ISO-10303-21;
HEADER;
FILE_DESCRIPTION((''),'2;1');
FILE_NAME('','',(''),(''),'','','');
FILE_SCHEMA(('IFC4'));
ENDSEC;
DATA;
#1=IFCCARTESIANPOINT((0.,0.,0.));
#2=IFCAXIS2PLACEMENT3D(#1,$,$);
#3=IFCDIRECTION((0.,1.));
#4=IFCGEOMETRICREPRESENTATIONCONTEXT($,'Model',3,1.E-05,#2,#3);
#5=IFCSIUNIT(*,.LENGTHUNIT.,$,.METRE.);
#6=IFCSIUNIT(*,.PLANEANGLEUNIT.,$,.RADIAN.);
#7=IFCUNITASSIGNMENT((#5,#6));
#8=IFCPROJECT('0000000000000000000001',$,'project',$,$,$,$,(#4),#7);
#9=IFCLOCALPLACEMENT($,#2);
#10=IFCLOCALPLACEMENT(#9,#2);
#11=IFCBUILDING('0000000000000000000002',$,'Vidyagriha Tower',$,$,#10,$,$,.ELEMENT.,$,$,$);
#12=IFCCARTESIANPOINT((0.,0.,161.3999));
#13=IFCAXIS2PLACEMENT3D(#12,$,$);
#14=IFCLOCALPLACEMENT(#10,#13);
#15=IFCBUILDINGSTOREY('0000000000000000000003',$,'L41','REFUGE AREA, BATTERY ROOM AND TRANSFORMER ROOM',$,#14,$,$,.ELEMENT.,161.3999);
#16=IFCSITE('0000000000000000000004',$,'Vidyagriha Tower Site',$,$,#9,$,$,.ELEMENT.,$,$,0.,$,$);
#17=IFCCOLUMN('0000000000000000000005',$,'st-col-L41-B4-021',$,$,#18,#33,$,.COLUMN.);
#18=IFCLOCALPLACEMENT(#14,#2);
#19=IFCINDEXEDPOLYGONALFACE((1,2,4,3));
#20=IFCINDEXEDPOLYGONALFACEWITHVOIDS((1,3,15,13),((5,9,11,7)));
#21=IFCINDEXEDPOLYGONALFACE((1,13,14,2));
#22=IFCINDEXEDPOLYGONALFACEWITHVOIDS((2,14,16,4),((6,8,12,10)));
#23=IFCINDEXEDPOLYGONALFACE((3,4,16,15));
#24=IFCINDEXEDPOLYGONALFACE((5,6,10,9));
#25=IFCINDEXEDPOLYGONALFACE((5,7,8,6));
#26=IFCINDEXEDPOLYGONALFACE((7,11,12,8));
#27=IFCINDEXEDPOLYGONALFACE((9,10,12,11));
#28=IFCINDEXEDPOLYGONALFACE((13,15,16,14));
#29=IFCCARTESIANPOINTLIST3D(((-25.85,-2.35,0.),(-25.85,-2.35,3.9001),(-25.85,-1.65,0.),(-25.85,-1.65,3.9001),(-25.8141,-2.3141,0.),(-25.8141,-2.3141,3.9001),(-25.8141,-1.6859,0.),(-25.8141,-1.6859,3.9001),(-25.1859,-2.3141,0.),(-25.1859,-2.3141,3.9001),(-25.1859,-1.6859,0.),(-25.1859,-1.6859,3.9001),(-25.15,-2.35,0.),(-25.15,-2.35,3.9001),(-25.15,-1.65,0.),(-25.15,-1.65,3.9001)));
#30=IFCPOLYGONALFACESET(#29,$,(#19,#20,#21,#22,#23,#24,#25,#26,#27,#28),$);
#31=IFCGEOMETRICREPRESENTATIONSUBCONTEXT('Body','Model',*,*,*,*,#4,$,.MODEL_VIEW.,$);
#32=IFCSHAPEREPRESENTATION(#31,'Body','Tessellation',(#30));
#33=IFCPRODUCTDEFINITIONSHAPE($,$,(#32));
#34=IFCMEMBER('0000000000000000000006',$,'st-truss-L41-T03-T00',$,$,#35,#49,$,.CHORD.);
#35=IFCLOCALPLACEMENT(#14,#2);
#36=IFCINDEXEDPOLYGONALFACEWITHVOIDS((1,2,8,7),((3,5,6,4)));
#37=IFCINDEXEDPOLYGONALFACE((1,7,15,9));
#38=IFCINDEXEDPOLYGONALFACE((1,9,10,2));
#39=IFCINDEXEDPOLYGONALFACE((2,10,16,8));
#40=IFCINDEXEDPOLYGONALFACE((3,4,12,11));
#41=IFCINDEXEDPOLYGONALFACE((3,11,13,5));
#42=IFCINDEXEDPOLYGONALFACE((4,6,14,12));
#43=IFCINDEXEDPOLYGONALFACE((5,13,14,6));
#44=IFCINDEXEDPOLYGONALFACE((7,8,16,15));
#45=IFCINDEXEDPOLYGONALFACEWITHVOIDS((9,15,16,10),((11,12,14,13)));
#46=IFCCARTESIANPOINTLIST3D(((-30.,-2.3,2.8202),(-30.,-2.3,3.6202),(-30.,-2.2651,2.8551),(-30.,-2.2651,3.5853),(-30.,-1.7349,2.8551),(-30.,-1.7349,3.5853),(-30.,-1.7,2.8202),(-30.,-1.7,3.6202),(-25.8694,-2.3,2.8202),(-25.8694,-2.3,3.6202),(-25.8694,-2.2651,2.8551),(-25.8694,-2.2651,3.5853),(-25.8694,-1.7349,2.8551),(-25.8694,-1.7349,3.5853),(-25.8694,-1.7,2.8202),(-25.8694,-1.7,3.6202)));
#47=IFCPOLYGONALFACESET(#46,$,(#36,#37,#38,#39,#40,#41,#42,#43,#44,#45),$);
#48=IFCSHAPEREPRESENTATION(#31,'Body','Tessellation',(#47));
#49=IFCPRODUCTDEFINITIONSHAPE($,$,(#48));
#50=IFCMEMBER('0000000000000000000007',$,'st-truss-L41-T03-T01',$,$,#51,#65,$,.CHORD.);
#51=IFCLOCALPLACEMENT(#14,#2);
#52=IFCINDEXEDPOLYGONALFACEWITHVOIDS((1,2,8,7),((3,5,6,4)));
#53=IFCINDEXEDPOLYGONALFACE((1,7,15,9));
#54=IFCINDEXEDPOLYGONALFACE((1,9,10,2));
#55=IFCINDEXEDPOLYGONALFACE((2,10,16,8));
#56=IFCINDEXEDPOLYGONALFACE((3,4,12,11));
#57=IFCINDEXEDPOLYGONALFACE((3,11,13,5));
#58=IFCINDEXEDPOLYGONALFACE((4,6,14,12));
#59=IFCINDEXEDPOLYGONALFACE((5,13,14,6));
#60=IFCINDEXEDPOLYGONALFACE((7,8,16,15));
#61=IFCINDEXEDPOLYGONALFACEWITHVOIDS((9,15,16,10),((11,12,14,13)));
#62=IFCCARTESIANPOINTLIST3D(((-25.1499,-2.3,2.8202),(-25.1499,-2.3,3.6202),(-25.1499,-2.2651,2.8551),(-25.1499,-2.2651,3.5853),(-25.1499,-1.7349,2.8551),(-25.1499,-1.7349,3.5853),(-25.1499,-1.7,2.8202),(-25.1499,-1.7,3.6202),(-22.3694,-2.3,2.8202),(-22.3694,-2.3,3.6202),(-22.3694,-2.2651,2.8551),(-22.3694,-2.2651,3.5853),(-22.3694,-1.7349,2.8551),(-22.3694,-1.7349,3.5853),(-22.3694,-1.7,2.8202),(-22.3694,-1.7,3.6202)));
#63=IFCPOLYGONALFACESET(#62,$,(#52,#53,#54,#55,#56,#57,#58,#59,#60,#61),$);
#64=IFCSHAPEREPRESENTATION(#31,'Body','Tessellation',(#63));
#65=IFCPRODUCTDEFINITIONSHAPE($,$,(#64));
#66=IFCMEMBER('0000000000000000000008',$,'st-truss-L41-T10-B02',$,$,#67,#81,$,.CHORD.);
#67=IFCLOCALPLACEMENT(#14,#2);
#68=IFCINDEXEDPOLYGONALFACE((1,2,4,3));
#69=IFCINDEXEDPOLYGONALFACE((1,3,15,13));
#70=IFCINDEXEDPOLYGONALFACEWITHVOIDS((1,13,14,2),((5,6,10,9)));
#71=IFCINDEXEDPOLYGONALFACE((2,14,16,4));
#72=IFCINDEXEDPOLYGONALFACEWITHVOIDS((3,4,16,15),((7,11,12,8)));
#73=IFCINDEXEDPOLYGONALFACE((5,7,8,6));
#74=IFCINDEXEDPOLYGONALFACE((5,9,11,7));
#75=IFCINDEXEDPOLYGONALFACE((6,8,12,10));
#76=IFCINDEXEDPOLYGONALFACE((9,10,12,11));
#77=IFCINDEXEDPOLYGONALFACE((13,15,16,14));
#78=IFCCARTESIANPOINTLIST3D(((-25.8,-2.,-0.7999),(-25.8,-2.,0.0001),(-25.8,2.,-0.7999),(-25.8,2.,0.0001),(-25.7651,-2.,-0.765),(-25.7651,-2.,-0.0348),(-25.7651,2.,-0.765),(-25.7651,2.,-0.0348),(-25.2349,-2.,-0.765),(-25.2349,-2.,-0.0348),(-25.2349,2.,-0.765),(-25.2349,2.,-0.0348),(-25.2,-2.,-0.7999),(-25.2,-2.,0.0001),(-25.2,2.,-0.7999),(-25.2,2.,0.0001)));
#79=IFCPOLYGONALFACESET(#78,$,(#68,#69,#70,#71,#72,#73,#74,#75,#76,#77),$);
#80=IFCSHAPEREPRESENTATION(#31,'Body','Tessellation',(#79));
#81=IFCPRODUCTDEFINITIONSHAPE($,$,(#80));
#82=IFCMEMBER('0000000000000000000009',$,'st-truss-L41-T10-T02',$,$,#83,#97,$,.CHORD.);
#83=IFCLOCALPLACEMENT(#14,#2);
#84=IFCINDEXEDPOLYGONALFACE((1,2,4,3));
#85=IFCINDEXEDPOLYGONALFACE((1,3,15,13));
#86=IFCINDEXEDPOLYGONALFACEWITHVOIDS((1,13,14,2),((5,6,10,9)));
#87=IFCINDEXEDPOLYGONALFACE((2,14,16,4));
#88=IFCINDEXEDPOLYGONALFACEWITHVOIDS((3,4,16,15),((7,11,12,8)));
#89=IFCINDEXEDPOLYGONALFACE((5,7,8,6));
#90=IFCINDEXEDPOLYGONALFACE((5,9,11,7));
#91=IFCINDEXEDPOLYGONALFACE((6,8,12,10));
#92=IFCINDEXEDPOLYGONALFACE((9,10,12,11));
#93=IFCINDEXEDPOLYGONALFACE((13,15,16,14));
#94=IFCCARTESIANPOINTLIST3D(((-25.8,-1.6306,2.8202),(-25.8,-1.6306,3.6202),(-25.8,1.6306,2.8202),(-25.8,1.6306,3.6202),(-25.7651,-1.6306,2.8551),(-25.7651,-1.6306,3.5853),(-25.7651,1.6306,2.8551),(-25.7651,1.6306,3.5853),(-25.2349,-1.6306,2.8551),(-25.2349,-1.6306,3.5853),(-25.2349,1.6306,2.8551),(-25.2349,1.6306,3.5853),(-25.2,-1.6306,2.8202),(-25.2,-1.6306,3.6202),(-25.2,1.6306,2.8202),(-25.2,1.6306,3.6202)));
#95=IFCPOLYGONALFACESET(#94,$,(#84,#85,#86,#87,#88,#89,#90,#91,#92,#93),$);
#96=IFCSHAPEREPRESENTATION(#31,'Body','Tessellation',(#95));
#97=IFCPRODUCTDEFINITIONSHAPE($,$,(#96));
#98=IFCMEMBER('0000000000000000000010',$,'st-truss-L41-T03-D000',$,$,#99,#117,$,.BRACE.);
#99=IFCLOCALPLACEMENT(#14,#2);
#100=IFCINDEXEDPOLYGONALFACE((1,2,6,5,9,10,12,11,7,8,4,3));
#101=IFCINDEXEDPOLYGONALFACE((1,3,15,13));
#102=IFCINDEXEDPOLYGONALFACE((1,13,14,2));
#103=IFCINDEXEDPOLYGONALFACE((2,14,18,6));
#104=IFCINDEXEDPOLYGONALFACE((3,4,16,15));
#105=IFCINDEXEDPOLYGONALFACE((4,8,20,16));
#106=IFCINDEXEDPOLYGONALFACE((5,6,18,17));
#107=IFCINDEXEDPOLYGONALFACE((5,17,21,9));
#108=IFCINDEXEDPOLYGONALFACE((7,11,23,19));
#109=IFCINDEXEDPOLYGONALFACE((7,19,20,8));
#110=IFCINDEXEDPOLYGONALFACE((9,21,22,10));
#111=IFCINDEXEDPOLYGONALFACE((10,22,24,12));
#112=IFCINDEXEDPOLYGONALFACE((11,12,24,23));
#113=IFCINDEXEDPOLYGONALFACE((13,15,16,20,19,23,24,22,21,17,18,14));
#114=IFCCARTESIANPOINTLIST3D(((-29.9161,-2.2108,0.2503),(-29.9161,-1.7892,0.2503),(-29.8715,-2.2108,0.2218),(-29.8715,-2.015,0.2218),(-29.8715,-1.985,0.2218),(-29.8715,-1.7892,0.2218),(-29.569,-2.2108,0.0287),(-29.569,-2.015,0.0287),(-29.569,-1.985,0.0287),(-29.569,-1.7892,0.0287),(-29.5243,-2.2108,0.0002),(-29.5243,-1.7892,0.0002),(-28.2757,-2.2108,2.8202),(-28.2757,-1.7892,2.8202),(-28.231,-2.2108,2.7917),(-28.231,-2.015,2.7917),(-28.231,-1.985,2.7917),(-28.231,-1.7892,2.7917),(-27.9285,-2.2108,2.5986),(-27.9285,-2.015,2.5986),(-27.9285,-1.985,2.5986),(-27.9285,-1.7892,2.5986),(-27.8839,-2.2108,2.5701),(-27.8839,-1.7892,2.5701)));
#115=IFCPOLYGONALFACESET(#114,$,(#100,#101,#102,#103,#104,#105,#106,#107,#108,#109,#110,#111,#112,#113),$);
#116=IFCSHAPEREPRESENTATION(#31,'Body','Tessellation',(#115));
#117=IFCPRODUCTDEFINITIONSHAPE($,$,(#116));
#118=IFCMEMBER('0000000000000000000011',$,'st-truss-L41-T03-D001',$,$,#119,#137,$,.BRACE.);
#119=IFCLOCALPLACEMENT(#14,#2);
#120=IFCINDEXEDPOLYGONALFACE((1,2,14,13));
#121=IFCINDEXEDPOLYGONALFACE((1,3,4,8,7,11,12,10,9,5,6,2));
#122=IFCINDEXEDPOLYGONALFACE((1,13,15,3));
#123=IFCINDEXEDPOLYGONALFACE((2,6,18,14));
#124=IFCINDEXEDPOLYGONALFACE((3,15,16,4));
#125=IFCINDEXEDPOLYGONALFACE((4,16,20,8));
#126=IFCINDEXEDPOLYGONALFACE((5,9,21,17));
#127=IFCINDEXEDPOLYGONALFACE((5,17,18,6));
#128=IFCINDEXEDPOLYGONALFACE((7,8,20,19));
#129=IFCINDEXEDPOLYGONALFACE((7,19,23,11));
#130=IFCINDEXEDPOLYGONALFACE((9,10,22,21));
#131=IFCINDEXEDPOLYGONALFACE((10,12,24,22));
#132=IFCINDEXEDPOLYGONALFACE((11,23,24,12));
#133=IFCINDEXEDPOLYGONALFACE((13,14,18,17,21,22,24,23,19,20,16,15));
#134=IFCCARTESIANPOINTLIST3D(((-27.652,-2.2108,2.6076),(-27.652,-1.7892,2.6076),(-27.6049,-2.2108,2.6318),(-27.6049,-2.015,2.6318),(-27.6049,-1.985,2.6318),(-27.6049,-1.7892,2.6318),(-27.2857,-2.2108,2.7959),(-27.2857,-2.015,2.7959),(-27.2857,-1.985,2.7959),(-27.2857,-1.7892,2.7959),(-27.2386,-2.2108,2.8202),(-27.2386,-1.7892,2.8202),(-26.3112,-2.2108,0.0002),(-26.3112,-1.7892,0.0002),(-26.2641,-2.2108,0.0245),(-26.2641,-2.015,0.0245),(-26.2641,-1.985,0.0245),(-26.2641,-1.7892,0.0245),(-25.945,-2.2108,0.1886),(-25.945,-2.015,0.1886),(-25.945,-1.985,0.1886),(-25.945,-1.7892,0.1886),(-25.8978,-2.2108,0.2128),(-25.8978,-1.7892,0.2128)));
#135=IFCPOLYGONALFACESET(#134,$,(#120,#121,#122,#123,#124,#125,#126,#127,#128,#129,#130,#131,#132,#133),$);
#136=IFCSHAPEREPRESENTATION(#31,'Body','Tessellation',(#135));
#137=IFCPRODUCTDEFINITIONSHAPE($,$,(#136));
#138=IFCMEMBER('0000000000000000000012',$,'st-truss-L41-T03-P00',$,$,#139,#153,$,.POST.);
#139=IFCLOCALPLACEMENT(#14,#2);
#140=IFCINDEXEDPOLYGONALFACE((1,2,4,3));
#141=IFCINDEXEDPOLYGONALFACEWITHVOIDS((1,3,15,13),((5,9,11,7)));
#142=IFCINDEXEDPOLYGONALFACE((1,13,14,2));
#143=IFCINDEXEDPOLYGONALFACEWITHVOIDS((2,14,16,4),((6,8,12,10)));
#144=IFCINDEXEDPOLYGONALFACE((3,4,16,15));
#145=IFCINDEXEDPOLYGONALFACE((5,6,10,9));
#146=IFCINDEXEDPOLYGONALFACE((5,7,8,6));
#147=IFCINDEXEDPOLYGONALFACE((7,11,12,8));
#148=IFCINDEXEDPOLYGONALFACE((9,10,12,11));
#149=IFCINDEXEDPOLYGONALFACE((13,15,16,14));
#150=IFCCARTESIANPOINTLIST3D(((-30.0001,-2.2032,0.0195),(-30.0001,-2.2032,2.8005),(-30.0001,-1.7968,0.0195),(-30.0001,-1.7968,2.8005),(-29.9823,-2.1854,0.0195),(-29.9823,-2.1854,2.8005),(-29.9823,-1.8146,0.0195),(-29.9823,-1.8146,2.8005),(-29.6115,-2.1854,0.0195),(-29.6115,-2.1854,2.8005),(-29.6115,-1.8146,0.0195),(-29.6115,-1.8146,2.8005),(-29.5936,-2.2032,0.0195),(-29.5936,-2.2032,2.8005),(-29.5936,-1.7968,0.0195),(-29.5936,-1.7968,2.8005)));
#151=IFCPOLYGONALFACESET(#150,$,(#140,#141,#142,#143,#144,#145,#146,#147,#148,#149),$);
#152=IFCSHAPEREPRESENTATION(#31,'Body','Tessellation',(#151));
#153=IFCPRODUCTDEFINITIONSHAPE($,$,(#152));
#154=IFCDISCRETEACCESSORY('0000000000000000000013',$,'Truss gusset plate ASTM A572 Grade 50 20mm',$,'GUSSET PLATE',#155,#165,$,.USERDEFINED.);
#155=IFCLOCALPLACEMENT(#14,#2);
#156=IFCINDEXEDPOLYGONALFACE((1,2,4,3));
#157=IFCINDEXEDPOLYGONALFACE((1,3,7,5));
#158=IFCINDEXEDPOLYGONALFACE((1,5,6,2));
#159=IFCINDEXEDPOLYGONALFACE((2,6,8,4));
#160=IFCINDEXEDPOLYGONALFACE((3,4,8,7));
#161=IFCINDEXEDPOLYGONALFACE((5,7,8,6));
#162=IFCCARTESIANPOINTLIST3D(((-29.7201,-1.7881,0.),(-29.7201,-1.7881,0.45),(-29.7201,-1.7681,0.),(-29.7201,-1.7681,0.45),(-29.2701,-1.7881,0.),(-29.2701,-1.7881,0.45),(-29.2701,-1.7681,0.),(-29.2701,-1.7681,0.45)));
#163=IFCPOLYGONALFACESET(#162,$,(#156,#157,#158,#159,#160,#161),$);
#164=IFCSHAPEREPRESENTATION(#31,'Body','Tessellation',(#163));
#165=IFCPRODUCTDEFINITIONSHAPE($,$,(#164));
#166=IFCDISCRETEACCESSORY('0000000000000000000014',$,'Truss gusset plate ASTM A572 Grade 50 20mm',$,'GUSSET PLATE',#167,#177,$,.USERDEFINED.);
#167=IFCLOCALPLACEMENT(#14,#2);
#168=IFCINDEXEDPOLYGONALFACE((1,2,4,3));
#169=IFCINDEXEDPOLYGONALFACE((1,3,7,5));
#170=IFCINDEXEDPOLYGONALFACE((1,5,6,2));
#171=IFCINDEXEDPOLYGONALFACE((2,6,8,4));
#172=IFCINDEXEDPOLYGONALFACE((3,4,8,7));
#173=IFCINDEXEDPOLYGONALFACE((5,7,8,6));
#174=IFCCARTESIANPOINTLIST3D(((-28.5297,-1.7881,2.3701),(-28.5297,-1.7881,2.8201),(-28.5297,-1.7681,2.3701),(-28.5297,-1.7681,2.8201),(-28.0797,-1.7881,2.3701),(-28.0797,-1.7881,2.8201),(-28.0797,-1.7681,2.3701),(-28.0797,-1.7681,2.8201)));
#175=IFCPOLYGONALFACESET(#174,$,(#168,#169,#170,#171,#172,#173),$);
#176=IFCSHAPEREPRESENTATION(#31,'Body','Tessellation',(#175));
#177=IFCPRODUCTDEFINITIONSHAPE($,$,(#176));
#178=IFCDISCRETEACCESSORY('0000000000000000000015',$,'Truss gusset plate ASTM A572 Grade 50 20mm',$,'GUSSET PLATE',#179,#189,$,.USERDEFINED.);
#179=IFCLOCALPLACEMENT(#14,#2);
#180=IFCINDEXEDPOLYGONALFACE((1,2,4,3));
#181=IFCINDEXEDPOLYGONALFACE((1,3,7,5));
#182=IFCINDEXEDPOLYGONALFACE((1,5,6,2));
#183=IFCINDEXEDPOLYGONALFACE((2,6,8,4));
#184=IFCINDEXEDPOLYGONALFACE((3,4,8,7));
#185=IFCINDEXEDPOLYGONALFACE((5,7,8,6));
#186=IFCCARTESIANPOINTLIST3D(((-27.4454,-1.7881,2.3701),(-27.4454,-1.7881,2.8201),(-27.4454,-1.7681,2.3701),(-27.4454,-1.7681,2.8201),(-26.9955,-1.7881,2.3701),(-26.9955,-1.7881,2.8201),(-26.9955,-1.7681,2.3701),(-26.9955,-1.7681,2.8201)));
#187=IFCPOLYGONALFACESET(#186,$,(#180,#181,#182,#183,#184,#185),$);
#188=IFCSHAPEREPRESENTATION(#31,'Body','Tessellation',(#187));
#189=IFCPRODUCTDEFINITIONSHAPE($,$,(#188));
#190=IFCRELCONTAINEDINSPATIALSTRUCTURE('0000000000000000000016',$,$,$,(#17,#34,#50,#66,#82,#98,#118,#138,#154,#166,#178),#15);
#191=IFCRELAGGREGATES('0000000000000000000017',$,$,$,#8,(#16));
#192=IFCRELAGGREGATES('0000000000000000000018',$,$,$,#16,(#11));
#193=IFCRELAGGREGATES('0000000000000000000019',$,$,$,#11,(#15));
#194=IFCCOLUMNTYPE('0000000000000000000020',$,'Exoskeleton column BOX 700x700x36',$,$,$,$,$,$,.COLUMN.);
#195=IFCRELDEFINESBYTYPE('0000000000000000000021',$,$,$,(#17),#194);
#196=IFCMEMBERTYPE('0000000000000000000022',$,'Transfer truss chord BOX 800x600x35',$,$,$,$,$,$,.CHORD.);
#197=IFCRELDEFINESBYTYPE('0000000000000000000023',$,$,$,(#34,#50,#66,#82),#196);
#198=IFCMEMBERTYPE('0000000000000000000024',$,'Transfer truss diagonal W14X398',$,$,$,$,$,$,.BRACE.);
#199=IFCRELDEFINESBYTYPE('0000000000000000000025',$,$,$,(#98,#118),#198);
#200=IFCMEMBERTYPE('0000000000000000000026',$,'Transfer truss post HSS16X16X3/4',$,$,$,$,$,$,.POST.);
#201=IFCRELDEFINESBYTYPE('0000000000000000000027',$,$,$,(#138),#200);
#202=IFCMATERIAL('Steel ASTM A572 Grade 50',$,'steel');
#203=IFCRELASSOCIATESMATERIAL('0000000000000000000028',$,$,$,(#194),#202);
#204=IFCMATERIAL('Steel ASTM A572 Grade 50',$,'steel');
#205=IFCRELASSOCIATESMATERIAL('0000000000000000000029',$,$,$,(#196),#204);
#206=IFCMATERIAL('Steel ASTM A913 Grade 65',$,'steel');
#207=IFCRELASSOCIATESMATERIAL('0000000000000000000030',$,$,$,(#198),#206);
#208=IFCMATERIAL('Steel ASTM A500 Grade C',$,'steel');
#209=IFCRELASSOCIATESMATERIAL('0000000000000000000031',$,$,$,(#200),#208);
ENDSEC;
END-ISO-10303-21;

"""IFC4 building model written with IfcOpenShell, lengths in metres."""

from ifc_helpers import new_model, si_unit, direction, frame, origin, origin_2d, place, context, subcontext, project, spatial, rectangle, hollow_rectangle, i_section, extrude, material, material_profile, profile_set, type_object, element, save


model = new_model("IFC4")

# Units and contexts
model_context = context("Model", 3, precision=1e-05, world=origin(), true_north=direction((0.0, 1.0)))
body_context = subcontext(model_context, "Body", "Model", "MODEL_VIEW")
ifc_project = project(units=[si_unit("LENGTHUNIT", "METRE"), si_unit("PLANEANGLEUNIT", "RADIAN")], contexts=[model_context])

# Site, building, storey
site_placement = place(None, origin())
site = spatial("IfcSite", under=ifc_project, at=site_placement, Name="Vidyagriha Tower Site", CompositionType="ELEMENT", RefElevation=0.0)
building_placement = place(site_placement, origin())
building = spatial("IfcBuilding", under=site, at=building_placement, Name="Vidyagriha Tower", CompositionType="ELEMENT")
storey_placement = place(building_placement, frame((0.0, 0.0, 161.3999)))
storey = spatial("IfcBuildingStorey", under=building, at=storey_placement, Name="L41", Description="REFUGE AREA, BATTERY ROOM AND TRANSFORMER ROOM", CompositionType="ELEMENT", Elevation=161.3999)

# Column
ifc_material_1 = material(Name="Steel ASTM A572 Grade 50", Category="steel")
ifc_material_profile_1 = material_profile(ifc_material_1, hollow_rectangle(XDim=0.7, YDim=0.7, WallThickness=0.0359, at=origin_2d()), Name="BOX 700x700x36")
ifc_profile_set_1 = profile_set([ifc_material_profile_1], Name="Steel ASTM A572 Grade 50")
column_type = type_object("IfcColumnType", Name="Exoskeleton column BOX 700x700x36", PredefinedType="COLUMN", material=ifc_profile_set_1)
column_placement = place(storey_placement, frame((-25.5, -2.0, 0.0)))
element("IfcColumn", 1, at=column_placement, inside=storey, type_object=column_type, Name="st-col-L41-B4-021", PredefinedType="COLUMN", context=body_context, shape_type="SweptSolid", body=[
    extrude(hollow_rectangle(XDim=0.7, YDim=0.7, WallThickness=0.0359, at=origin_2d()), origin(), (0.0, 0.0, 1.0), 3.9001),
])

# Members
ifc_material_2 = material(Name="Steel ASTM A572 Grade 50", Category="steel")
ifc_material_profile_2 = material_profile(ifc_material_2, hollow_rectangle(XDim=0.6001, YDim=0.8, WallThickness=0.0349, at=origin_2d()), Name="BOX 800x600x35")
ifc_profile_set_2 = profile_set([ifc_material_profile_2], Name="Steel ASTM A572 Grade 50")
member_type_1 = type_object("IfcMemberType", Name="Transfer truss chord BOX 800x600x35", PredefinedType="CHORD", material=ifc_profile_set_2)
member_1_placement = place(storey_placement, frame((-30.0, -2.0, 3.2202), z_axis=(1.0, 0.0, 0.0), x_axis=(0.0, 1.0, 0.0)))
element("IfcMember", 2, at=member_1_placement, inside=storey, type_object=member_type_1, Name="st-truss-L41-T03-T00", PredefinedType="CHORD", context=body_context, shape_type="SweptSolid", body=[
    extrude(hollow_rectangle(XDim=0.6001, YDim=0.8, WallThickness=0.0349, at=origin_2d()), origin(), (0.0, 0.0, 1.0), 4.1306),
])
member_2_placement = place(storey_placement, frame((-25.1499, -2.0, 3.2202), z_axis=(1.0, 0.0, 0.0), x_axis=(0.0, 1.0, 0.0)))
element("IfcMember", 3, at=member_2_placement, inside=storey, type_object=member_type_1, Name="st-truss-L41-T03-T01", PredefinedType="CHORD", context=body_context, shape_type="SweptSolid", body=[
    extrude(hollow_rectangle(XDim=0.6001, YDim=0.8, WallThickness=0.0349, at=origin_2d()), origin(), (0.0, 0.0, 1.0), 2.7805),
])
member_3_placement = place(storey_placement, frame((-25.5, -2.0, -0.3999), z_axis=(0.0, 1.0, 0.0), x_axis=(-1.0, 0.0, 0.0)))
element("IfcMember", 4, at=member_3_placement, inside=storey, type_object=member_type_1, Name="st-truss-L41-T10-B02", PredefinedType="CHORD", context=body_context, shape_type="SweptSolid", body=[
    extrude(hollow_rectangle(XDim=0.6001, YDim=0.8, WallThickness=0.0349, at=origin_2d()), origin(), (0.0, 0.0, 1.0), 4.0),
])
member_4_placement = place(storey_placement, frame((-25.5, -1.6306, 3.2202), z_axis=(0.0, 1.0, 0.0), x_axis=(-1.0, 0.0, 0.0)))
element("IfcMember", 5, at=member_4_placement, inside=storey, type_object=member_type_1, Name="st-truss-L41-T10-T02", PredefinedType="CHORD", context=body_context, shape_type="SweptSolid", body=[
    extrude(hollow_rectangle(XDim=0.6001, YDim=0.8, WallThickness=0.0349, at=origin_2d()), origin(), (0.0, 0.0, 1.0), 3.2612),
])
ifc_material_3 = material(Name="Steel ASTM A913 Grade 65", Category="steel")
ifc_material_profile_3 = material_profile(ifc_material_3, i_section(OverallWidth=0.4216, OverallDepth=0.4648, WebThickness=0.03, FlangeThickness=0.053, at=origin_2d()), Name="W14X398")
ifc_profile_set_3 = profile_set([ifc_material_profile_3], Name="Steel ASTM A913 Grade 65")
member_type_2 = type_object("IfcMemberType", Name="Transfer truss diagonal W14X398", PredefinedType="BRACE", material=ifc_profile_set_3)
member_5_placement = place(storey_placement, frame((-29.7202, -2.0, 0.1252), z_axis=(0.538051, 0.0, 0.842912), x_axis=(0.0, 1.0, 0.0)))
element("IfcMember", 6, at=member_5_placement, inside=storey, type_object=member_type_2, Name="st-truss-L41-T03-D000", PredefinedType="BRACE", context=body_context, shape_type="SweptSolid", body=[
    extrude(i_section(OverallWidth=0.4216, OverallDepth=0.4648, WebThickness=0.03, FlangeThickness=0.053, at=origin_2d()), origin(), (0.0, 0.0, 1.0), 3.0488),
])
member_6_placement = place(storey_placement, frame((-27.4453, -2.0, 2.7139), z_axis=(0.45731, 0.0, -0.889307), x_axis=(0.0, 1.0, 0.0)))
element("IfcMember", 7, at=member_6_placement, inside=storey, type_object=member_type_2, Name="st-truss-L41-T03-D001", PredefinedType="BRACE", context=body_context, shape_type="SweptSolid", body=[
    extrude(i_section(OverallWidth=0.4216, OverallDepth=0.4648, WebThickness=0.03, FlangeThickness=0.053, at=origin_2d()), origin(), (0.0, 0.0, 1.0), 2.9319),
])
ifc_material_4 = material(Name="Steel ASTM A500 Grade C", Category="steel")
ifc_material_profile_4 = material_profile(ifc_material_4, hollow_rectangle(XDim=0.4065, YDim=0.4065, WallThickness=0.0178, at=origin_2d()), Name="HSS16X16X3/4")
ifc_profile_set_4 = profile_set([ifc_material_profile_4], Name="Steel ASTM A500 Grade C")
member_type_3 = type_object("IfcMemberType", Name="Transfer truss post HSS16X16X3/4", PredefinedType="POST", material=ifc_profile_set_4)
member_7_placement = place(storey_placement, frame((-29.7969, -2.0, 0.0195)))
element("IfcMember", 8, at=member_7_placement, inside=storey, type_object=member_type_3, Name="st-truss-L41-T03-P00", PredefinedType="POST", context=body_context, shape_type="SweptSolid", body=[
    extrude(hollow_rectangle(XDim=0.4065, YDim=0.4065, WallThickness=0.0178, at=origin_2d()), origin(), (0.0, 0.0, 1.0), 2.781),
])

# Discrete accessories
for number, where, name in (
    (9, (-29.4951, -1.7781, 0.0), "Truss gusset plate ASTM A572 Grade 50 20mm"),
    (10, (-28.3047, -1.7781, 2.3701), "Truss gusset plate ASTM A572 Grade 50 20mm"),
    (11, (-27.2205, -1.7781, 2.3701), "Truss gusset plate ASTM A572 Grade 50 20mm"),
):
    element("IfcDiscreteAccessory", number, at=place(storey_placement, frame(where)), inside=storey, Name=name, ObjectType="GUSSET PLATE", PredefinedType="USERDEFINED", context=body_context, shape_type="SweptSolid", body=[
        extrude(rectangle(XDim=0.45, YDim=0.02, at=origin_2d()), origin(), (0.0, 0.0, 1.0), 0.45),
    ])

save(model, "model.ifc")
